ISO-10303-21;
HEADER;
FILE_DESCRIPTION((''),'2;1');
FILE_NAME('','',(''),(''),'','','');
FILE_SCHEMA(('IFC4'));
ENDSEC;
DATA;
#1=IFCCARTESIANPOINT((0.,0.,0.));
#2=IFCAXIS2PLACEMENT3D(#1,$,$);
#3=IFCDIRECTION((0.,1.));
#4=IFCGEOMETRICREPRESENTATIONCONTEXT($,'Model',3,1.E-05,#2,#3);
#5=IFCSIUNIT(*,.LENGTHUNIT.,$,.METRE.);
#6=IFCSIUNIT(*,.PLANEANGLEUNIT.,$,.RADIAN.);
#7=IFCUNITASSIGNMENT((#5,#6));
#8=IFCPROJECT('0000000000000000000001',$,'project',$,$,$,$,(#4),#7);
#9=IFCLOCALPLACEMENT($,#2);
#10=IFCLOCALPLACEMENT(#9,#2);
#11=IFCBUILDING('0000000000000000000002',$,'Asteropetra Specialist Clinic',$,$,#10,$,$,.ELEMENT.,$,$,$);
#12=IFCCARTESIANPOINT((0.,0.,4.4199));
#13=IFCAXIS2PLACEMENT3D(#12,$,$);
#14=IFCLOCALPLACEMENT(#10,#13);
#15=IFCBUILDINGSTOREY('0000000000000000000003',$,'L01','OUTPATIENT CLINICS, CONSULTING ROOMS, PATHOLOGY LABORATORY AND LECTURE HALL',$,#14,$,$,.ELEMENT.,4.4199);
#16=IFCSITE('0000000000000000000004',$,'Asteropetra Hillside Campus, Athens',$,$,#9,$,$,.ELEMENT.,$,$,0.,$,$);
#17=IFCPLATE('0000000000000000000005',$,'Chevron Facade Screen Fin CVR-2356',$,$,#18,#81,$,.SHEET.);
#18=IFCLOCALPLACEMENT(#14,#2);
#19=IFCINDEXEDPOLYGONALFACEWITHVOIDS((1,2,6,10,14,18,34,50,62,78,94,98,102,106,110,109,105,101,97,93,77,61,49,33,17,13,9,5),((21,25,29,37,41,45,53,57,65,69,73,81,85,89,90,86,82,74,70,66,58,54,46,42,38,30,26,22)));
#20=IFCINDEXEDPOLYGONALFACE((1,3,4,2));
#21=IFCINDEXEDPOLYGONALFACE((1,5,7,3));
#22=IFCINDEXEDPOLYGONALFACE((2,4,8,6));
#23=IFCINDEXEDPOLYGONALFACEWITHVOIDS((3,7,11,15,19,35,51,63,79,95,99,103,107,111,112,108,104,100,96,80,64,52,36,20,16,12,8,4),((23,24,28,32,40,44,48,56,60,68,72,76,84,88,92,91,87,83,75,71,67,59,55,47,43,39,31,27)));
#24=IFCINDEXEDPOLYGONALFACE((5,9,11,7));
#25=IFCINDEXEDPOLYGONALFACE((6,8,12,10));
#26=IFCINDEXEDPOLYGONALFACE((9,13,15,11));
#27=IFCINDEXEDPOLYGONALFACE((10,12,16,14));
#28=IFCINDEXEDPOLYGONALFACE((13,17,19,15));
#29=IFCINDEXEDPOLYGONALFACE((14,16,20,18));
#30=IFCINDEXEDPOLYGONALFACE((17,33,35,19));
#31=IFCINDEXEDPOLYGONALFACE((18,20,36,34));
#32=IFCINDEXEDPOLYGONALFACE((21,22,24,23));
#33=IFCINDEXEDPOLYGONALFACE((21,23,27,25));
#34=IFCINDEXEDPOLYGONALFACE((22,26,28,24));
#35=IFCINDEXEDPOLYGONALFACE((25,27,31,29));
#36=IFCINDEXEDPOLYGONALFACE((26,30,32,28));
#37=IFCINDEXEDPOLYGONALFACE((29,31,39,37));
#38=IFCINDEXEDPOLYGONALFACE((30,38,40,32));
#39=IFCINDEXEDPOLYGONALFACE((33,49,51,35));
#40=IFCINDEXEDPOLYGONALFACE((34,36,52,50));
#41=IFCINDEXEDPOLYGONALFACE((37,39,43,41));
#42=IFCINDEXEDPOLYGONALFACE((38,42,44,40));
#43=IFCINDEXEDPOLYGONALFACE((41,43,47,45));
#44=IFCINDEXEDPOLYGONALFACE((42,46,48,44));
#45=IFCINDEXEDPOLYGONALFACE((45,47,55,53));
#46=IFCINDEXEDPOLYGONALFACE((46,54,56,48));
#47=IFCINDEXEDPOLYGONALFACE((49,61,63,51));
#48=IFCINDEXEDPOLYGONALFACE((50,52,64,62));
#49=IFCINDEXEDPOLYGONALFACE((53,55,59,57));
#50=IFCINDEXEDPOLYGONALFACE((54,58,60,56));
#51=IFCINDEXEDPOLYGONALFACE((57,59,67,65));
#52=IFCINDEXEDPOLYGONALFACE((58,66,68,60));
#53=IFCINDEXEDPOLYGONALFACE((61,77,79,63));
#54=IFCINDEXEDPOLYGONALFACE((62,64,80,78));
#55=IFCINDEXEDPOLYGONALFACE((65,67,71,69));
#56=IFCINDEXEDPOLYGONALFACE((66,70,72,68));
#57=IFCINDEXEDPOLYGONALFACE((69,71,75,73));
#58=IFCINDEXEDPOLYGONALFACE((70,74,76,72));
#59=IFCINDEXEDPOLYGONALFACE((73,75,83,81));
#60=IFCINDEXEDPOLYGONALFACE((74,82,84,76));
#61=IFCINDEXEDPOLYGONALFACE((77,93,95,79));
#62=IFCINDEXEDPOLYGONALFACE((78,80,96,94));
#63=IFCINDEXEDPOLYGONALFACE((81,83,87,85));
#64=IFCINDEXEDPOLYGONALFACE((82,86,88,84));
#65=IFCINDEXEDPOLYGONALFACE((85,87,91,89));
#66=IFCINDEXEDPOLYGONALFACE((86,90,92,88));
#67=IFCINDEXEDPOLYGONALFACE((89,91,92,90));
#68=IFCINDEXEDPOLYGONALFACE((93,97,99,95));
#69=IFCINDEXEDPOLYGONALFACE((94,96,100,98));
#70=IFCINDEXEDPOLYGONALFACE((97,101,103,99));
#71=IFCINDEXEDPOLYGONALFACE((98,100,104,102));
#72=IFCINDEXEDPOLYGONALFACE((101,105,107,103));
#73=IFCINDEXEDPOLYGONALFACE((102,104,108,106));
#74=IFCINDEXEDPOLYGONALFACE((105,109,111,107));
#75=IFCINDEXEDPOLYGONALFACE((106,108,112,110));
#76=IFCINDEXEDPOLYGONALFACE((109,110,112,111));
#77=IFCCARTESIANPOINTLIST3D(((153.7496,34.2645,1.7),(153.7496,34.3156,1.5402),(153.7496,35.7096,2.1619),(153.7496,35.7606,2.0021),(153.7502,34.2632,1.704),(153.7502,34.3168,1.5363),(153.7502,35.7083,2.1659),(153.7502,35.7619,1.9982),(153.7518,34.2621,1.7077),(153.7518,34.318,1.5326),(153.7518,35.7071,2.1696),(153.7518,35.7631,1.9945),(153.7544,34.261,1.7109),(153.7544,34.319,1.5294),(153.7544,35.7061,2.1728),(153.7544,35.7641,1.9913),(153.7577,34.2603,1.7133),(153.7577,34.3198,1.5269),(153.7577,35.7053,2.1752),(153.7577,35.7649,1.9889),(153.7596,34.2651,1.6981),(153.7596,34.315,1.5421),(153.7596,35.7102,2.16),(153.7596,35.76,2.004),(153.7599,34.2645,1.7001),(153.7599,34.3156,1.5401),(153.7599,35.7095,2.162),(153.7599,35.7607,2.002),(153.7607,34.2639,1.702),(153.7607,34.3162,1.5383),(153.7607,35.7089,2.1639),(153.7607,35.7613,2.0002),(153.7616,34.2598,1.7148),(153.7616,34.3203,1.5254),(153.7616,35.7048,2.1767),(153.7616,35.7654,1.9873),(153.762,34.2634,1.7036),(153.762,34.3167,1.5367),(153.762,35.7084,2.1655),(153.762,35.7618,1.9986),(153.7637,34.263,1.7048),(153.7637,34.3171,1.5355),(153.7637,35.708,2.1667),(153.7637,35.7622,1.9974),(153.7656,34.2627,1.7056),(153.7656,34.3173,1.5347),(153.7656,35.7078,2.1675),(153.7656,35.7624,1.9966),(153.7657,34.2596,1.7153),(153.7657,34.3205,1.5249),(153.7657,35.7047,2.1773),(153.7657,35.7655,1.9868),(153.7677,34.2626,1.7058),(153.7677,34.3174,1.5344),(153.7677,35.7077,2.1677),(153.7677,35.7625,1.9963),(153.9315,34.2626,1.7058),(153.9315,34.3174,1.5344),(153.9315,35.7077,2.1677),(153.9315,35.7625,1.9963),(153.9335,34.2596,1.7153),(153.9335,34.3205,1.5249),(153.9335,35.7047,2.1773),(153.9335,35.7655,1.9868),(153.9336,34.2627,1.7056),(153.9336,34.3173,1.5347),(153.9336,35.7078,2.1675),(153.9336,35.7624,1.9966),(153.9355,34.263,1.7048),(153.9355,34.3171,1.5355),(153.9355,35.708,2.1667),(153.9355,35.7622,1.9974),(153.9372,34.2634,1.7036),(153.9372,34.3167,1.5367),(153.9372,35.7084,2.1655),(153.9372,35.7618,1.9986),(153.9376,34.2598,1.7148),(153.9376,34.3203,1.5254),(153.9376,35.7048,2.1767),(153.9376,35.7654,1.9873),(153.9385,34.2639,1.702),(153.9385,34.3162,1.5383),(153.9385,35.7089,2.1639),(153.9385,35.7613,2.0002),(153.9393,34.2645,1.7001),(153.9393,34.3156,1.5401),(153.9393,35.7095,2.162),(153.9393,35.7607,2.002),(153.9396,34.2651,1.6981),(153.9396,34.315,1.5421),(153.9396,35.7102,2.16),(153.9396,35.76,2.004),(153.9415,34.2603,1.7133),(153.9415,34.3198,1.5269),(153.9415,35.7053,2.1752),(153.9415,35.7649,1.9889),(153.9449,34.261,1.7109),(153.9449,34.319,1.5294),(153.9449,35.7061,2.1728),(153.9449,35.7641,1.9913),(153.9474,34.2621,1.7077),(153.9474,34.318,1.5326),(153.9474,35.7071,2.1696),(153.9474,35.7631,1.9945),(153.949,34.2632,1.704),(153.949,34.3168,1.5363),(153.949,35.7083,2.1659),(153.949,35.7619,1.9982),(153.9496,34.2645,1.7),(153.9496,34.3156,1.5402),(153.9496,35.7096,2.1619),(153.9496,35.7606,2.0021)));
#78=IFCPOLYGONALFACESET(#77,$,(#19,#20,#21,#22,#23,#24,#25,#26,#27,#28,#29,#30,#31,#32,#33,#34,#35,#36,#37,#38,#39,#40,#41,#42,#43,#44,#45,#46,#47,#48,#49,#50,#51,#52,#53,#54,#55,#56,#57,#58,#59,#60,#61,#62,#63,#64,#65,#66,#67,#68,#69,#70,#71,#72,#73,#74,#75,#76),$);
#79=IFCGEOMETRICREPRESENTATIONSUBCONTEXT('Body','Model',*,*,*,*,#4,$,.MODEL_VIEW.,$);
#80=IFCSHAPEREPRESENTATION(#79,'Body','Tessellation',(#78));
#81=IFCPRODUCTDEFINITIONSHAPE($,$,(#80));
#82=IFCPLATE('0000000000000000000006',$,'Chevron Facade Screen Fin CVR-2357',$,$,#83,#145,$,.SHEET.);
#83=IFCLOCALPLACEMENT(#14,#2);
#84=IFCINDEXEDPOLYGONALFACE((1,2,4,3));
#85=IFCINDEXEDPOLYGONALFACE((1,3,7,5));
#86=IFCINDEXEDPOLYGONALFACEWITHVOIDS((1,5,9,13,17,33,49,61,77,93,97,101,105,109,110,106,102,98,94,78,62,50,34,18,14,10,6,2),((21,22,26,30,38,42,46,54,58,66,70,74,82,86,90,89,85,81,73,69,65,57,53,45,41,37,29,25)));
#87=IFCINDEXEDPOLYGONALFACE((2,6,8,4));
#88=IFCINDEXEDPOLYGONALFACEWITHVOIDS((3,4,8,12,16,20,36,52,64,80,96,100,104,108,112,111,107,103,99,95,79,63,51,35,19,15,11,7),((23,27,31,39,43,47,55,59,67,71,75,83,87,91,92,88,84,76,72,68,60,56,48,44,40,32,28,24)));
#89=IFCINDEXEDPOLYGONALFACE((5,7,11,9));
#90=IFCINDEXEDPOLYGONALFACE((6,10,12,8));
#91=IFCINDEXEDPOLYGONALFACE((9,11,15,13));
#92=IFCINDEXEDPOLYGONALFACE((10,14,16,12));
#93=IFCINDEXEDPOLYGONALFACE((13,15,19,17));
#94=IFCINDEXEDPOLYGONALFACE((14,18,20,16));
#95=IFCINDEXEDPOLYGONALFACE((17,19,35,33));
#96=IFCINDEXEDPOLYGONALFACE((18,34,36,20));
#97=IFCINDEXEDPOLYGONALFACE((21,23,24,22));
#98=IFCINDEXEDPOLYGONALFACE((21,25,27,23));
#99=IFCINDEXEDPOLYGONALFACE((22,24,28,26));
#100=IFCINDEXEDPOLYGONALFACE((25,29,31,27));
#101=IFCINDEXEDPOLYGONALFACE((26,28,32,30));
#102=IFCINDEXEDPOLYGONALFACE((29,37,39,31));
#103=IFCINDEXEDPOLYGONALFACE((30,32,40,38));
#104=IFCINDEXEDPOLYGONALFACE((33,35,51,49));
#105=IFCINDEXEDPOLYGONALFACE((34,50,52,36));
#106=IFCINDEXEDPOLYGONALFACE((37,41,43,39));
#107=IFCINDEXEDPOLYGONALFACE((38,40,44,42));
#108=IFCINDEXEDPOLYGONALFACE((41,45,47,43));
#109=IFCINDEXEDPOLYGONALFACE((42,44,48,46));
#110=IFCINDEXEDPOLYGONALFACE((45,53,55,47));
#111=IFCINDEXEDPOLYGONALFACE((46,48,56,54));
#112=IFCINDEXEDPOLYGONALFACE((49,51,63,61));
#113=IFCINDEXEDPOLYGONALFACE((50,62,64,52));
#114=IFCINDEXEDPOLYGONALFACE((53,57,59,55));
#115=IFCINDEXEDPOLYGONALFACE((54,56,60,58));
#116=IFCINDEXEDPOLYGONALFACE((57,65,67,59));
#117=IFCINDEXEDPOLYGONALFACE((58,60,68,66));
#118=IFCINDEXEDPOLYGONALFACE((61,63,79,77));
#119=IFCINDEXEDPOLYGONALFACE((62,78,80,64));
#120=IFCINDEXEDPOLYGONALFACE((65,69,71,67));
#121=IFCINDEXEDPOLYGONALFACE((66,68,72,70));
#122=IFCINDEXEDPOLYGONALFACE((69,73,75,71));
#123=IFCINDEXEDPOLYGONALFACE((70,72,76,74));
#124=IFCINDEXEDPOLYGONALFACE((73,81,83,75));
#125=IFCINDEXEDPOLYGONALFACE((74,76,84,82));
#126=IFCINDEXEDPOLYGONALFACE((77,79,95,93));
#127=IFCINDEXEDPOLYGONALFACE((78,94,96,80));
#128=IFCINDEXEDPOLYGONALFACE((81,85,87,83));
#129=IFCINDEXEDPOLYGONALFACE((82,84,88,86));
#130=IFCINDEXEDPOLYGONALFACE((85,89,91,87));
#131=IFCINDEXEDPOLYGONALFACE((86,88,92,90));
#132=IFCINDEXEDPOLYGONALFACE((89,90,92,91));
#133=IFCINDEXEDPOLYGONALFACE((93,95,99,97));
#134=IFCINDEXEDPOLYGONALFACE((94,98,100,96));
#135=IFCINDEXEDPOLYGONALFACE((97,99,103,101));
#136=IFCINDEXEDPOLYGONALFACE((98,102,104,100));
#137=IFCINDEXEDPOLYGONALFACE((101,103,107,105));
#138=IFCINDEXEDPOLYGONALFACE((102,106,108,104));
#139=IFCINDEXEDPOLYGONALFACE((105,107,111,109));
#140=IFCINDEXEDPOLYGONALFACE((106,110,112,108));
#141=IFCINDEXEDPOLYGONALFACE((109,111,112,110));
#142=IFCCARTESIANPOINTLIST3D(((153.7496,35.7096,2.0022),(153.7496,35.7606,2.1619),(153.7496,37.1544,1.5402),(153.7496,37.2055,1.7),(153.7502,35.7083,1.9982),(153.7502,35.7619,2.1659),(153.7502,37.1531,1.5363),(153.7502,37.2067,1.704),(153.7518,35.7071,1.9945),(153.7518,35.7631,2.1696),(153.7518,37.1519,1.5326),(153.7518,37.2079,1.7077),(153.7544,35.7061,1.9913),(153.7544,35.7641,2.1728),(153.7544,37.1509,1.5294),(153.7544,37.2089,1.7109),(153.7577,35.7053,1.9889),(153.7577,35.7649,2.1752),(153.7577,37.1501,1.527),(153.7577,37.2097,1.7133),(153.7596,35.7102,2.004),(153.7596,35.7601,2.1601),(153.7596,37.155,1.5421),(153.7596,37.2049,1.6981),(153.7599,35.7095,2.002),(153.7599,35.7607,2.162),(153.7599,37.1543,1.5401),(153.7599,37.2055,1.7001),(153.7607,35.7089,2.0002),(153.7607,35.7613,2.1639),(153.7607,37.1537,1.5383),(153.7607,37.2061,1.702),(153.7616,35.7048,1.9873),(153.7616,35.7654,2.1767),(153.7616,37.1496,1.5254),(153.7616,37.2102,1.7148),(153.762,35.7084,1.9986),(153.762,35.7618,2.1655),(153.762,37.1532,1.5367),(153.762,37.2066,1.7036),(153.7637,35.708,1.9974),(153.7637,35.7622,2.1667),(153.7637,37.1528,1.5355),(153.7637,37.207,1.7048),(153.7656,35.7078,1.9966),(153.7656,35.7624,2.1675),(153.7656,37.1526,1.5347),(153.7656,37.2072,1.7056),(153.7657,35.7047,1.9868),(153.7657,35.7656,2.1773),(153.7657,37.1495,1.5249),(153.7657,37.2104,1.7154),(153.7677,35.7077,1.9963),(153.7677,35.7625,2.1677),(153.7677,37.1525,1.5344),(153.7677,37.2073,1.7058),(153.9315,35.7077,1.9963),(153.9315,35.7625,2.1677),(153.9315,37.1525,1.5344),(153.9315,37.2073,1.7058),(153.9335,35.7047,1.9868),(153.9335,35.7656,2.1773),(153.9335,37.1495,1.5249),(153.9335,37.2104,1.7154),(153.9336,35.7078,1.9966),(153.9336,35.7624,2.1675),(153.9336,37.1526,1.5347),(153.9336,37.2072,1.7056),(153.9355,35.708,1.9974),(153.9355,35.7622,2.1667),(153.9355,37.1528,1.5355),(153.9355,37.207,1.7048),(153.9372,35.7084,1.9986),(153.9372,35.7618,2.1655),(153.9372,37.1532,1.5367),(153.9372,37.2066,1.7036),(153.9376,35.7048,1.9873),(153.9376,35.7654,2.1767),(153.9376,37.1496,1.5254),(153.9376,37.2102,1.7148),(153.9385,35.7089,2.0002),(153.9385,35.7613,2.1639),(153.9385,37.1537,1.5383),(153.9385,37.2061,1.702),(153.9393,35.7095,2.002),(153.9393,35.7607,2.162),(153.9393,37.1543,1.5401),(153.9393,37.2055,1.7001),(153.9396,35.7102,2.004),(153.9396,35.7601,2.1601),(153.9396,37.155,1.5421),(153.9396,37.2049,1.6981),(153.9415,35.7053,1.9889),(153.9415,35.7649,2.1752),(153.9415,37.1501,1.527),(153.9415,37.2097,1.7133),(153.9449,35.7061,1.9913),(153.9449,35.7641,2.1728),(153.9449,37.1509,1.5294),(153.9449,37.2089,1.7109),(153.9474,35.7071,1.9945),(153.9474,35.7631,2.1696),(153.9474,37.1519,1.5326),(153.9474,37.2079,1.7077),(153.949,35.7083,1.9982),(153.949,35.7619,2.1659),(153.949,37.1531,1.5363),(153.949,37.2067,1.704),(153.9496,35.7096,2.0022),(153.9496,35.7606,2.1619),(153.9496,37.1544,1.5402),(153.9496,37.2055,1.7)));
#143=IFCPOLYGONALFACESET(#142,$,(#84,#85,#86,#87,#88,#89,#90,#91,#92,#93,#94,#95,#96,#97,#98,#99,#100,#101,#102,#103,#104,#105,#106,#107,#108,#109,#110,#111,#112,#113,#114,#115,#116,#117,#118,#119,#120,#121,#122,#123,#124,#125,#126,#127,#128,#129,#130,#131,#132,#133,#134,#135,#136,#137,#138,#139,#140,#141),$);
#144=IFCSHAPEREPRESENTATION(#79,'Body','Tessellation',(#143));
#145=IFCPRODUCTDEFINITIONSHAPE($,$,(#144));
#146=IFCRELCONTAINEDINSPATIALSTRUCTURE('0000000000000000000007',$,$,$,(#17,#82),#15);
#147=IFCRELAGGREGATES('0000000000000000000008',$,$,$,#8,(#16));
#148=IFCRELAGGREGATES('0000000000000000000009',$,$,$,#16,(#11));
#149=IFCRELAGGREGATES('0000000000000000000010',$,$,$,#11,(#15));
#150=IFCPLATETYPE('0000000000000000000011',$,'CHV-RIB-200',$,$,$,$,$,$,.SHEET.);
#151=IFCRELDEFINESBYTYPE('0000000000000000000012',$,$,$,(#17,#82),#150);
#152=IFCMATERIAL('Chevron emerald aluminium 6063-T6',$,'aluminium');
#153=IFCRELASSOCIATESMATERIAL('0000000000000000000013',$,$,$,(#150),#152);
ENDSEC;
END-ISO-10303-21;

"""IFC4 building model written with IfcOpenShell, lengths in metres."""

from ifc_helpers import new_model, si_unit, direction, frame, origin, origin_2d, place, context, subcontext, project, spatial, hollow_rectangle, extrude, material, material_profile, profile_set, type_object, element, save


model = new_model("IFC4")

# Units and contexts
model_context = context("Model", 3, precision=1e-05, world=origin(), true_north=direction((0.0, 1.0)))
body_context = subcontext(model_context, "Body", "Model", "MODEL_VIEW")
ifc_project = project(units=[si_unit("LENGTHUNIT", "METRE"), si_unit("PLANEANGLEUNIT", "RADIAN")], contexts=[model_context])

# Site, building, storey
site_placement = place(None, origin())
site = spatial("IfcSite", under=ifc_project, at=site_placement, Name="Asteropetra Hillside Campus, Athens", CompositionType="ELEMENT", RefElevation=0.0)
building_placement = place(site_placement, origin())
building = spatial("IfcBuilding", under=site, at=building_placement, Name="Asteropetra Specialist Clinic", CompositionType="ELEMENT")
storey_placement = place(building_placement, frame((0.0, 0.0, 4.4199)))
storey = spatial("IfcBuildingStorey", under=building, at=storey_placement, Name="L01", Description="OUTPATIENT CLINICS, CONSULTING ROOMS, PATHOLOGY LABORATORY AND LECTURE HALL", CompositionType="ELEMENT", Elevation=4.4199)

# Plates
ifc_material_1 = material(Name="Chevron emerald aluminium 6063-T6", Category="aluminium")
ifc_material_profile = material_profile(ifc_material_1, hollow_rectangle(XDim=0.2, YDim=0.2, WallThickness=0.01, InnerFilletRadius=0.0081, OuterFilletRadius=0.0161, at=origin_2d()), Name="SHS 200x200x10.0")
ifc_profile_set = profile_set([ifc_material_profile], Name="Chevron emerald aluminium 6063-T6")
plate_type = type_object("IfcPlateType", Name="CHV-RIB-200", PredefinedType="SHEET", material=ifc_profile_set)
plate_1_placement = place(storey_placement, frame((153.8496, 34.29, 1.6201), z_axis=(0.0, 0.952521, 0.304472), x_axis=(-1.0, 0.0, 0.0)))
element("IfcPlate", 1, at=plate_1_placement, inside=storey, type_object=plate_type, Name="Chevron Facade Screen Fin CVR-2356", PredefinedType="SHEET", context=body_context, shape_type="SweptSolid", body=[
    extrude(hollow_rectangle(XDim=0.2, YDim=0.2, WallThickness=0.01, InnerFilletRadius=0.0081, OuterFilletRadius=0.0161, at=origin_2d()), origin(), (0.0, 0.0, 1.0), 1.5171),
])
plate_2_placement = place(storey_placement, frame((153.8496, 35.7351, 2.082), z_axis=(0.0, 0.952506, -0.304519), x_axis=(-1.0, 0.0, 0.0)))
element("IfcPlate", 2, at=plate_2_placement, inside=storey, type_object=plate_type, Name="Chevron Facade Screen Fin CVR-2357", PredefinedType="SHEET", context=body_context, shape_type="SweptSolid", body=[
    extrude(hollow_rectangle(XDim=0.2, YDim=0.2, WallThickness=0.01, InnerFilletRadius=0.0081, OuterFilletRadius=0.0161, at=origin_2d()), origin(), (0.0, 0.0, 1.0), 1.5168),
])

save(model, "model.ifc")
